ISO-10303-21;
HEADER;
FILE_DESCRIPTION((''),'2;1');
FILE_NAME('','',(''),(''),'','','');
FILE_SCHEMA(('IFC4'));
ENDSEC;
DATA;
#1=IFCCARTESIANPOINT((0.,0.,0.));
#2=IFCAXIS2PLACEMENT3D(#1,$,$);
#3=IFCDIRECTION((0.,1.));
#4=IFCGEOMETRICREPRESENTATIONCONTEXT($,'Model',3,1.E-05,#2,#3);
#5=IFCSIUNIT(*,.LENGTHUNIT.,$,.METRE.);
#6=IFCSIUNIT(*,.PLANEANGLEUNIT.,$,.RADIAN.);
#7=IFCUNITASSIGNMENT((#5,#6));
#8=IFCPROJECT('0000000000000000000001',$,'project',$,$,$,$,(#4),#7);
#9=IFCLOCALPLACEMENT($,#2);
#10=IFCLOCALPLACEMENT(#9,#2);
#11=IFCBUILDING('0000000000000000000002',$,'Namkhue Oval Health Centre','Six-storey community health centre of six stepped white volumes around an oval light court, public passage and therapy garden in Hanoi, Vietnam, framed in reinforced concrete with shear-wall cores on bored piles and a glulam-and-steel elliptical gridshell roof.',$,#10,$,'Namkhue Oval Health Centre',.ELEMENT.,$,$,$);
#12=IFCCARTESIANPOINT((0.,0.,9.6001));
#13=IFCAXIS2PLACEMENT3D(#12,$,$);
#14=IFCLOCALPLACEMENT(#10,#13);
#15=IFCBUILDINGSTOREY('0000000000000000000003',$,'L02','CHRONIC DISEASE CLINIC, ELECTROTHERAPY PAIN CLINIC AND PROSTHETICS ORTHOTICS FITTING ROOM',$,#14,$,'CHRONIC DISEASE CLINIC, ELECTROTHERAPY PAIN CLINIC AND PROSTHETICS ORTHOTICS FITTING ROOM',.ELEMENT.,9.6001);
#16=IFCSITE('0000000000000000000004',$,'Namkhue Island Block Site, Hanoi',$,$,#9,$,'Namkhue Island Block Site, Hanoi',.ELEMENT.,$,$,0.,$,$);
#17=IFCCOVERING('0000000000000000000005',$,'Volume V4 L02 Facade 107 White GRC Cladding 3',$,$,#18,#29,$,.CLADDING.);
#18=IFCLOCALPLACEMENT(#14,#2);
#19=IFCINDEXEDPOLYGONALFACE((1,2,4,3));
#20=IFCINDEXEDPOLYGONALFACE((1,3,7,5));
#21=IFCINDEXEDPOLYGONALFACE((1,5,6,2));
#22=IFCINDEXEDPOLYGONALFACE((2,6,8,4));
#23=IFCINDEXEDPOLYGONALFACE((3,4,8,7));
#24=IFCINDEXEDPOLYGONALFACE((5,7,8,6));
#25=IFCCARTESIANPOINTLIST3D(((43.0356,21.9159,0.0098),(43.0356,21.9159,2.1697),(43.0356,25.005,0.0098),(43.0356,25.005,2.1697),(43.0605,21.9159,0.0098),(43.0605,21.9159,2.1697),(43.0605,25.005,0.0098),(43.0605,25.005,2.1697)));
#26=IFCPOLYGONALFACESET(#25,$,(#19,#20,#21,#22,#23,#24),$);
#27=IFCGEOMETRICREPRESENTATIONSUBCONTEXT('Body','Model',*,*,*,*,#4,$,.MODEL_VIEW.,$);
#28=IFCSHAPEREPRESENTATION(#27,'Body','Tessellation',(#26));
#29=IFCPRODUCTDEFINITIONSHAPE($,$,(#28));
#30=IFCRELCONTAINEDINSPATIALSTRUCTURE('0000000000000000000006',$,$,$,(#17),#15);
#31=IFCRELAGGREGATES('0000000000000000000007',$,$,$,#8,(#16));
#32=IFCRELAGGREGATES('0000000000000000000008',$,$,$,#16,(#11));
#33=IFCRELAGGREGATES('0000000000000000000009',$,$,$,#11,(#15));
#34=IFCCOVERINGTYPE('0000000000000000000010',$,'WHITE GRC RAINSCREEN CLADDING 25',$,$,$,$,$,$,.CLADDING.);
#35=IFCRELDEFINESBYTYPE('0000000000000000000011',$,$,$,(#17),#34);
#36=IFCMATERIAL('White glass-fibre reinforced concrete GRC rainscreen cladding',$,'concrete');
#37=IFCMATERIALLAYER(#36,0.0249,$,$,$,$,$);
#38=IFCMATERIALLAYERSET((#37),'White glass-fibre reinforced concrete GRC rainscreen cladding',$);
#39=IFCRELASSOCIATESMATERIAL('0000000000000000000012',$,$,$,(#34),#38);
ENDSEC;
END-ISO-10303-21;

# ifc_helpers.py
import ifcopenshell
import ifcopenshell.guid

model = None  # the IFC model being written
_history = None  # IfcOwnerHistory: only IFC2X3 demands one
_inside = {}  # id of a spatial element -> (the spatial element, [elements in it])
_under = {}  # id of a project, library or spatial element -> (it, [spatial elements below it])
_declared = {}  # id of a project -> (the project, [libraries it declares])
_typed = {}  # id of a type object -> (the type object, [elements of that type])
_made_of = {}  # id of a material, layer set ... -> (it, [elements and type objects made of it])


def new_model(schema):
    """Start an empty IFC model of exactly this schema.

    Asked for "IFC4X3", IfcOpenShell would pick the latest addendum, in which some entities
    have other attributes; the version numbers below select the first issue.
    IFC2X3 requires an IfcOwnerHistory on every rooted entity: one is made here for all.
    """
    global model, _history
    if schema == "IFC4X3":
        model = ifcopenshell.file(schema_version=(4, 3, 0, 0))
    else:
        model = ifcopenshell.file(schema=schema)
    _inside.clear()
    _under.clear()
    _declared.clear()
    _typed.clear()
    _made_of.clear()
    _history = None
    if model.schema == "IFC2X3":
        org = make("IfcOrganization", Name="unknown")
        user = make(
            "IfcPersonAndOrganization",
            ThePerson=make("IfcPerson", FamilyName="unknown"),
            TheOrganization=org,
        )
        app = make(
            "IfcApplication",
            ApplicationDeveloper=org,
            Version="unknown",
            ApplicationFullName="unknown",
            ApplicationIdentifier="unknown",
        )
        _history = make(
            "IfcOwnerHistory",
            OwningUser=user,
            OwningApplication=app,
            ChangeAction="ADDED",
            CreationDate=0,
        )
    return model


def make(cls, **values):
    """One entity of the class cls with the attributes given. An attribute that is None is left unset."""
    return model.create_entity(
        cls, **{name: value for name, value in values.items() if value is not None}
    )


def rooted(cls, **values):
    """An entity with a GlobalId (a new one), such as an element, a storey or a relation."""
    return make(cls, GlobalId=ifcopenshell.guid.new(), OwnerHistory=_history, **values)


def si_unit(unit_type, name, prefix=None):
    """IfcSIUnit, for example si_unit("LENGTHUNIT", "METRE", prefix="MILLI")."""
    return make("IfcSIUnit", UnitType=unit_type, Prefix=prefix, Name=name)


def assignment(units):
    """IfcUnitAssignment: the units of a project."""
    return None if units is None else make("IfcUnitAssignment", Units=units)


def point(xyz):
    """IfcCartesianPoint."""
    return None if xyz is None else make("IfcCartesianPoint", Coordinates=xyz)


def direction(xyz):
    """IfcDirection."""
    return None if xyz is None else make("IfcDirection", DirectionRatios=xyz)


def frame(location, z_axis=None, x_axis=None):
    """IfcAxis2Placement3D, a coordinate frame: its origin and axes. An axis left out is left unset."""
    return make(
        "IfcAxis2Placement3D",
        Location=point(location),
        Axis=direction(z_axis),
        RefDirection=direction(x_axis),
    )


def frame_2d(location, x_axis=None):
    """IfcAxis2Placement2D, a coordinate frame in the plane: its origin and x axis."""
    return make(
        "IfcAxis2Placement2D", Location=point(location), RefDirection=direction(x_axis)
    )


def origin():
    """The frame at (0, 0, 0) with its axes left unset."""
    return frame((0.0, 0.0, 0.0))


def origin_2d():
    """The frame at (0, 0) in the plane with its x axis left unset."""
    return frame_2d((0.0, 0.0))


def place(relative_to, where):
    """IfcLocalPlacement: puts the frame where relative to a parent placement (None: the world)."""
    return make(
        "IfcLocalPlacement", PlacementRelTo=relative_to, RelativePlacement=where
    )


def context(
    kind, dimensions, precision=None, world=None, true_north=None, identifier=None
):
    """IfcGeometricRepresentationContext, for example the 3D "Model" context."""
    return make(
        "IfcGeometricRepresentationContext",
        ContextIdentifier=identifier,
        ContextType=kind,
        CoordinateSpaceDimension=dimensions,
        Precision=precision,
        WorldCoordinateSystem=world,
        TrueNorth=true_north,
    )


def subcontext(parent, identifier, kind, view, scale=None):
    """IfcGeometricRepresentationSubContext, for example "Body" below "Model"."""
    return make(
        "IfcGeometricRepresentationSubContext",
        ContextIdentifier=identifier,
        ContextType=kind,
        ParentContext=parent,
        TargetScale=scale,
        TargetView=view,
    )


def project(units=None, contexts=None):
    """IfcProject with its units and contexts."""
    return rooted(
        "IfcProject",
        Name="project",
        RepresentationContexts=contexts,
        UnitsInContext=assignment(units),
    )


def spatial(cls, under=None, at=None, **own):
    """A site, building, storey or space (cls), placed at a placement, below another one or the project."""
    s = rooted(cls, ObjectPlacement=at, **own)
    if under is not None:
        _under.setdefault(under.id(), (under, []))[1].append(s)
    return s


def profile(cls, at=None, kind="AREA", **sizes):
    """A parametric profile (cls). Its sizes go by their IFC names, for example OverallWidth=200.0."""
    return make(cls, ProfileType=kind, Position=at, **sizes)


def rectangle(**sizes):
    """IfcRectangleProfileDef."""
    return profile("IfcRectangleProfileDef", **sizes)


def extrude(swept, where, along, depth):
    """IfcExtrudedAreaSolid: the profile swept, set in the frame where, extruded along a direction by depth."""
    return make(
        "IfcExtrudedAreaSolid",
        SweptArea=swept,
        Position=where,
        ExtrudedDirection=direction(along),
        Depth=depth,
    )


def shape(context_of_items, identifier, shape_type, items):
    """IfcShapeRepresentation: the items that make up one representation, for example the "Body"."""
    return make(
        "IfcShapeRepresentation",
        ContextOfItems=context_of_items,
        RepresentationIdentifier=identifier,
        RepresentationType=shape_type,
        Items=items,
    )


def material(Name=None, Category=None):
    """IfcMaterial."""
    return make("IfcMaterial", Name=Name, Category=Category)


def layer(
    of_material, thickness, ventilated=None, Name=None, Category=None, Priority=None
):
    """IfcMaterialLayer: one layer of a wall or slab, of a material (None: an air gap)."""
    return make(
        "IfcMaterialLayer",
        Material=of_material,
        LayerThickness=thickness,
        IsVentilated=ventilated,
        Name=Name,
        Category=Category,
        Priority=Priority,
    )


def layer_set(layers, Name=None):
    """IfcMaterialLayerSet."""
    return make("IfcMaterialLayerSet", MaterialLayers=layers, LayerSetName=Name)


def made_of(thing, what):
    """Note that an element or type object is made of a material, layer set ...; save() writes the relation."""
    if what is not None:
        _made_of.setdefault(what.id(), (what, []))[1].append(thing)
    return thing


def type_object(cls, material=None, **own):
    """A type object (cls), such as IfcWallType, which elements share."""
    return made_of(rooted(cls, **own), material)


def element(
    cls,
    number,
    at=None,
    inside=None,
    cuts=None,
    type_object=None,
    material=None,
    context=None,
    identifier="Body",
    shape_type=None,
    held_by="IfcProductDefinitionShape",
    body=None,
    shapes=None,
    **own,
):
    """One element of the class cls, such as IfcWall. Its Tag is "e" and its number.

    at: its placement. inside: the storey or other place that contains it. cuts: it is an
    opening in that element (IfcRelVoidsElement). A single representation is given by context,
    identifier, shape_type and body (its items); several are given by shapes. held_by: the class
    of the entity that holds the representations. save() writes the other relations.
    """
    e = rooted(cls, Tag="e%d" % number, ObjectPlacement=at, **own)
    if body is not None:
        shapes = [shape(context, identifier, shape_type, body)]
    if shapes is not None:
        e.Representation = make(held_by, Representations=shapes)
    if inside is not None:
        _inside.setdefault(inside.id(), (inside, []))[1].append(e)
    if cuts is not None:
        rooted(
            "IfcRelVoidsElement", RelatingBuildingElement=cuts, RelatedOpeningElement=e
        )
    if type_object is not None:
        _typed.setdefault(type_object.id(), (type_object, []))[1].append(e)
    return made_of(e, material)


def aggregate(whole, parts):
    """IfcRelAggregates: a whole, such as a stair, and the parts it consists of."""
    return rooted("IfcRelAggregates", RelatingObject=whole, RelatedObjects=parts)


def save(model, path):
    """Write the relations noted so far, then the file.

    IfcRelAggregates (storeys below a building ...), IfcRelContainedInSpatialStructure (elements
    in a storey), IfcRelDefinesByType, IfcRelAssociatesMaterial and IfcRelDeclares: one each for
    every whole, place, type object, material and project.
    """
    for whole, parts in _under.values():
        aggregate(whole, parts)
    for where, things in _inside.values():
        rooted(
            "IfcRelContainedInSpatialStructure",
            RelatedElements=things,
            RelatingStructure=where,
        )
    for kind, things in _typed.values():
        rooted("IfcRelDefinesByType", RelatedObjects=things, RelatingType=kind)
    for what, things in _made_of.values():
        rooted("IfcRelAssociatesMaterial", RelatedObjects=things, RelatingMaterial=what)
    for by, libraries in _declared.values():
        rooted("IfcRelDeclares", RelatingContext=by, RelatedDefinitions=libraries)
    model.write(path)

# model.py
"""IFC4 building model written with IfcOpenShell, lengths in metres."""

from ifc_helpers import new_model, si_unit, direction, frame, origin, origin_2d, place, context, subcontext, project, spatial, rectangle, extrude, material, layer, layer_set, type_object, element, save


model = new_model("IFC4")

# Units and contexts
model_context = context("Model", 3, precision=1e-05, world=origin(), true_north=direction((0.0, 1.0)))
body_context = subcontext(model_context, "Body", "Model", "MODEL_VIEW")
ifc_project = project(units=[si_unit("LENGTHUNIT", "METRE"), si_unit("PLANEANGLEUNIT", "RADIAN")], contexts=[model_context])

# Site, building, storey
site_placement = place(None, origin())
site = spatial("IfcSite", under=ifc_project, at=site_placement, Name="Namkhue Island Block Site, Hanoi", LongName="Namkhue Island Block Site, Hanoi", CompositionType="ELEMENT", RefElevation=0.0)
building_placement = place(site_placement, origin())
building = spatial("IfcBuilding", under=site, at=building_placement, Name="Namkhue Oval Health Centre", Description="Six-storey community health centre of six stepped white volumes around an oval light court, public passage and therapy garden in Hanoi, Vietnam, framed in reinforced concrete with shear-wall cores on bored piles and a glulam-and-steel elliptical gridshell roof.", LongName="Namkhue Oval Health Centre", CompositionType="ELEMENT")
storey_placement = place(building_placement, frame((0.0, 0.0, 9.6001)))
storey = spatial("IfcBuildingStorey", under=building, at=storey_placement, Name="L02", Description="CHRONIC DISEASE CLINIC, ELECTROTHERAPY PAIN CLINIC AND PROSTHETICS ORTHOTICS FITTING ROOM", LongName="CHRONIC DISEASE CLINIC, ELECTROTHERAPY PAIN CLINIC AND PROSTHETICS ORTHOTICS FITTING ROOM", CompositionType="ELEMENT", Elevation=9.6001)

# Covering
ifc_material_1 = material(Name="White glass-fibre reinforced concrete GRC rainscreen cladding", Category="concrete")
ifc_layer_1 = layer(ifc_material_1, 0.0249)
ifc_layer_set_1 = layer_set([ifc_layer_1], Name="White glass-fibre reinforced concrete GRC rainscreen cladding")
covering_type_1 = type_object("IfcCoveringType", Name="WHITE GRC RAINSCREEN CLADDING 25", PredefinedType="CLADDING", material=ifc_layer_set_1)
covering_1_placement = place(storey_placement, frame((43.0481, 23.4604, 0.0098), z_axis=(0.0, 0.0, 1.0), x_axis=(0.0, -1.0, 0.0)))
element("IfcCovering", 1, at=covering_1_placement, inside=storey, type_object=covering_type_1, Name="Volume V4 L02 Facade 107 White GRC Cladding 3", PredefinedType="CLADDING", context=body_context, shape_type="SweptSolid", body=[
    extrude(rectangle(XDim=3.0891, YDim=0.0249, at=origin_2d()), origin(), (0.0, 0.0, 1.0), 2.1599),
])

save(model, "model.ifc")
